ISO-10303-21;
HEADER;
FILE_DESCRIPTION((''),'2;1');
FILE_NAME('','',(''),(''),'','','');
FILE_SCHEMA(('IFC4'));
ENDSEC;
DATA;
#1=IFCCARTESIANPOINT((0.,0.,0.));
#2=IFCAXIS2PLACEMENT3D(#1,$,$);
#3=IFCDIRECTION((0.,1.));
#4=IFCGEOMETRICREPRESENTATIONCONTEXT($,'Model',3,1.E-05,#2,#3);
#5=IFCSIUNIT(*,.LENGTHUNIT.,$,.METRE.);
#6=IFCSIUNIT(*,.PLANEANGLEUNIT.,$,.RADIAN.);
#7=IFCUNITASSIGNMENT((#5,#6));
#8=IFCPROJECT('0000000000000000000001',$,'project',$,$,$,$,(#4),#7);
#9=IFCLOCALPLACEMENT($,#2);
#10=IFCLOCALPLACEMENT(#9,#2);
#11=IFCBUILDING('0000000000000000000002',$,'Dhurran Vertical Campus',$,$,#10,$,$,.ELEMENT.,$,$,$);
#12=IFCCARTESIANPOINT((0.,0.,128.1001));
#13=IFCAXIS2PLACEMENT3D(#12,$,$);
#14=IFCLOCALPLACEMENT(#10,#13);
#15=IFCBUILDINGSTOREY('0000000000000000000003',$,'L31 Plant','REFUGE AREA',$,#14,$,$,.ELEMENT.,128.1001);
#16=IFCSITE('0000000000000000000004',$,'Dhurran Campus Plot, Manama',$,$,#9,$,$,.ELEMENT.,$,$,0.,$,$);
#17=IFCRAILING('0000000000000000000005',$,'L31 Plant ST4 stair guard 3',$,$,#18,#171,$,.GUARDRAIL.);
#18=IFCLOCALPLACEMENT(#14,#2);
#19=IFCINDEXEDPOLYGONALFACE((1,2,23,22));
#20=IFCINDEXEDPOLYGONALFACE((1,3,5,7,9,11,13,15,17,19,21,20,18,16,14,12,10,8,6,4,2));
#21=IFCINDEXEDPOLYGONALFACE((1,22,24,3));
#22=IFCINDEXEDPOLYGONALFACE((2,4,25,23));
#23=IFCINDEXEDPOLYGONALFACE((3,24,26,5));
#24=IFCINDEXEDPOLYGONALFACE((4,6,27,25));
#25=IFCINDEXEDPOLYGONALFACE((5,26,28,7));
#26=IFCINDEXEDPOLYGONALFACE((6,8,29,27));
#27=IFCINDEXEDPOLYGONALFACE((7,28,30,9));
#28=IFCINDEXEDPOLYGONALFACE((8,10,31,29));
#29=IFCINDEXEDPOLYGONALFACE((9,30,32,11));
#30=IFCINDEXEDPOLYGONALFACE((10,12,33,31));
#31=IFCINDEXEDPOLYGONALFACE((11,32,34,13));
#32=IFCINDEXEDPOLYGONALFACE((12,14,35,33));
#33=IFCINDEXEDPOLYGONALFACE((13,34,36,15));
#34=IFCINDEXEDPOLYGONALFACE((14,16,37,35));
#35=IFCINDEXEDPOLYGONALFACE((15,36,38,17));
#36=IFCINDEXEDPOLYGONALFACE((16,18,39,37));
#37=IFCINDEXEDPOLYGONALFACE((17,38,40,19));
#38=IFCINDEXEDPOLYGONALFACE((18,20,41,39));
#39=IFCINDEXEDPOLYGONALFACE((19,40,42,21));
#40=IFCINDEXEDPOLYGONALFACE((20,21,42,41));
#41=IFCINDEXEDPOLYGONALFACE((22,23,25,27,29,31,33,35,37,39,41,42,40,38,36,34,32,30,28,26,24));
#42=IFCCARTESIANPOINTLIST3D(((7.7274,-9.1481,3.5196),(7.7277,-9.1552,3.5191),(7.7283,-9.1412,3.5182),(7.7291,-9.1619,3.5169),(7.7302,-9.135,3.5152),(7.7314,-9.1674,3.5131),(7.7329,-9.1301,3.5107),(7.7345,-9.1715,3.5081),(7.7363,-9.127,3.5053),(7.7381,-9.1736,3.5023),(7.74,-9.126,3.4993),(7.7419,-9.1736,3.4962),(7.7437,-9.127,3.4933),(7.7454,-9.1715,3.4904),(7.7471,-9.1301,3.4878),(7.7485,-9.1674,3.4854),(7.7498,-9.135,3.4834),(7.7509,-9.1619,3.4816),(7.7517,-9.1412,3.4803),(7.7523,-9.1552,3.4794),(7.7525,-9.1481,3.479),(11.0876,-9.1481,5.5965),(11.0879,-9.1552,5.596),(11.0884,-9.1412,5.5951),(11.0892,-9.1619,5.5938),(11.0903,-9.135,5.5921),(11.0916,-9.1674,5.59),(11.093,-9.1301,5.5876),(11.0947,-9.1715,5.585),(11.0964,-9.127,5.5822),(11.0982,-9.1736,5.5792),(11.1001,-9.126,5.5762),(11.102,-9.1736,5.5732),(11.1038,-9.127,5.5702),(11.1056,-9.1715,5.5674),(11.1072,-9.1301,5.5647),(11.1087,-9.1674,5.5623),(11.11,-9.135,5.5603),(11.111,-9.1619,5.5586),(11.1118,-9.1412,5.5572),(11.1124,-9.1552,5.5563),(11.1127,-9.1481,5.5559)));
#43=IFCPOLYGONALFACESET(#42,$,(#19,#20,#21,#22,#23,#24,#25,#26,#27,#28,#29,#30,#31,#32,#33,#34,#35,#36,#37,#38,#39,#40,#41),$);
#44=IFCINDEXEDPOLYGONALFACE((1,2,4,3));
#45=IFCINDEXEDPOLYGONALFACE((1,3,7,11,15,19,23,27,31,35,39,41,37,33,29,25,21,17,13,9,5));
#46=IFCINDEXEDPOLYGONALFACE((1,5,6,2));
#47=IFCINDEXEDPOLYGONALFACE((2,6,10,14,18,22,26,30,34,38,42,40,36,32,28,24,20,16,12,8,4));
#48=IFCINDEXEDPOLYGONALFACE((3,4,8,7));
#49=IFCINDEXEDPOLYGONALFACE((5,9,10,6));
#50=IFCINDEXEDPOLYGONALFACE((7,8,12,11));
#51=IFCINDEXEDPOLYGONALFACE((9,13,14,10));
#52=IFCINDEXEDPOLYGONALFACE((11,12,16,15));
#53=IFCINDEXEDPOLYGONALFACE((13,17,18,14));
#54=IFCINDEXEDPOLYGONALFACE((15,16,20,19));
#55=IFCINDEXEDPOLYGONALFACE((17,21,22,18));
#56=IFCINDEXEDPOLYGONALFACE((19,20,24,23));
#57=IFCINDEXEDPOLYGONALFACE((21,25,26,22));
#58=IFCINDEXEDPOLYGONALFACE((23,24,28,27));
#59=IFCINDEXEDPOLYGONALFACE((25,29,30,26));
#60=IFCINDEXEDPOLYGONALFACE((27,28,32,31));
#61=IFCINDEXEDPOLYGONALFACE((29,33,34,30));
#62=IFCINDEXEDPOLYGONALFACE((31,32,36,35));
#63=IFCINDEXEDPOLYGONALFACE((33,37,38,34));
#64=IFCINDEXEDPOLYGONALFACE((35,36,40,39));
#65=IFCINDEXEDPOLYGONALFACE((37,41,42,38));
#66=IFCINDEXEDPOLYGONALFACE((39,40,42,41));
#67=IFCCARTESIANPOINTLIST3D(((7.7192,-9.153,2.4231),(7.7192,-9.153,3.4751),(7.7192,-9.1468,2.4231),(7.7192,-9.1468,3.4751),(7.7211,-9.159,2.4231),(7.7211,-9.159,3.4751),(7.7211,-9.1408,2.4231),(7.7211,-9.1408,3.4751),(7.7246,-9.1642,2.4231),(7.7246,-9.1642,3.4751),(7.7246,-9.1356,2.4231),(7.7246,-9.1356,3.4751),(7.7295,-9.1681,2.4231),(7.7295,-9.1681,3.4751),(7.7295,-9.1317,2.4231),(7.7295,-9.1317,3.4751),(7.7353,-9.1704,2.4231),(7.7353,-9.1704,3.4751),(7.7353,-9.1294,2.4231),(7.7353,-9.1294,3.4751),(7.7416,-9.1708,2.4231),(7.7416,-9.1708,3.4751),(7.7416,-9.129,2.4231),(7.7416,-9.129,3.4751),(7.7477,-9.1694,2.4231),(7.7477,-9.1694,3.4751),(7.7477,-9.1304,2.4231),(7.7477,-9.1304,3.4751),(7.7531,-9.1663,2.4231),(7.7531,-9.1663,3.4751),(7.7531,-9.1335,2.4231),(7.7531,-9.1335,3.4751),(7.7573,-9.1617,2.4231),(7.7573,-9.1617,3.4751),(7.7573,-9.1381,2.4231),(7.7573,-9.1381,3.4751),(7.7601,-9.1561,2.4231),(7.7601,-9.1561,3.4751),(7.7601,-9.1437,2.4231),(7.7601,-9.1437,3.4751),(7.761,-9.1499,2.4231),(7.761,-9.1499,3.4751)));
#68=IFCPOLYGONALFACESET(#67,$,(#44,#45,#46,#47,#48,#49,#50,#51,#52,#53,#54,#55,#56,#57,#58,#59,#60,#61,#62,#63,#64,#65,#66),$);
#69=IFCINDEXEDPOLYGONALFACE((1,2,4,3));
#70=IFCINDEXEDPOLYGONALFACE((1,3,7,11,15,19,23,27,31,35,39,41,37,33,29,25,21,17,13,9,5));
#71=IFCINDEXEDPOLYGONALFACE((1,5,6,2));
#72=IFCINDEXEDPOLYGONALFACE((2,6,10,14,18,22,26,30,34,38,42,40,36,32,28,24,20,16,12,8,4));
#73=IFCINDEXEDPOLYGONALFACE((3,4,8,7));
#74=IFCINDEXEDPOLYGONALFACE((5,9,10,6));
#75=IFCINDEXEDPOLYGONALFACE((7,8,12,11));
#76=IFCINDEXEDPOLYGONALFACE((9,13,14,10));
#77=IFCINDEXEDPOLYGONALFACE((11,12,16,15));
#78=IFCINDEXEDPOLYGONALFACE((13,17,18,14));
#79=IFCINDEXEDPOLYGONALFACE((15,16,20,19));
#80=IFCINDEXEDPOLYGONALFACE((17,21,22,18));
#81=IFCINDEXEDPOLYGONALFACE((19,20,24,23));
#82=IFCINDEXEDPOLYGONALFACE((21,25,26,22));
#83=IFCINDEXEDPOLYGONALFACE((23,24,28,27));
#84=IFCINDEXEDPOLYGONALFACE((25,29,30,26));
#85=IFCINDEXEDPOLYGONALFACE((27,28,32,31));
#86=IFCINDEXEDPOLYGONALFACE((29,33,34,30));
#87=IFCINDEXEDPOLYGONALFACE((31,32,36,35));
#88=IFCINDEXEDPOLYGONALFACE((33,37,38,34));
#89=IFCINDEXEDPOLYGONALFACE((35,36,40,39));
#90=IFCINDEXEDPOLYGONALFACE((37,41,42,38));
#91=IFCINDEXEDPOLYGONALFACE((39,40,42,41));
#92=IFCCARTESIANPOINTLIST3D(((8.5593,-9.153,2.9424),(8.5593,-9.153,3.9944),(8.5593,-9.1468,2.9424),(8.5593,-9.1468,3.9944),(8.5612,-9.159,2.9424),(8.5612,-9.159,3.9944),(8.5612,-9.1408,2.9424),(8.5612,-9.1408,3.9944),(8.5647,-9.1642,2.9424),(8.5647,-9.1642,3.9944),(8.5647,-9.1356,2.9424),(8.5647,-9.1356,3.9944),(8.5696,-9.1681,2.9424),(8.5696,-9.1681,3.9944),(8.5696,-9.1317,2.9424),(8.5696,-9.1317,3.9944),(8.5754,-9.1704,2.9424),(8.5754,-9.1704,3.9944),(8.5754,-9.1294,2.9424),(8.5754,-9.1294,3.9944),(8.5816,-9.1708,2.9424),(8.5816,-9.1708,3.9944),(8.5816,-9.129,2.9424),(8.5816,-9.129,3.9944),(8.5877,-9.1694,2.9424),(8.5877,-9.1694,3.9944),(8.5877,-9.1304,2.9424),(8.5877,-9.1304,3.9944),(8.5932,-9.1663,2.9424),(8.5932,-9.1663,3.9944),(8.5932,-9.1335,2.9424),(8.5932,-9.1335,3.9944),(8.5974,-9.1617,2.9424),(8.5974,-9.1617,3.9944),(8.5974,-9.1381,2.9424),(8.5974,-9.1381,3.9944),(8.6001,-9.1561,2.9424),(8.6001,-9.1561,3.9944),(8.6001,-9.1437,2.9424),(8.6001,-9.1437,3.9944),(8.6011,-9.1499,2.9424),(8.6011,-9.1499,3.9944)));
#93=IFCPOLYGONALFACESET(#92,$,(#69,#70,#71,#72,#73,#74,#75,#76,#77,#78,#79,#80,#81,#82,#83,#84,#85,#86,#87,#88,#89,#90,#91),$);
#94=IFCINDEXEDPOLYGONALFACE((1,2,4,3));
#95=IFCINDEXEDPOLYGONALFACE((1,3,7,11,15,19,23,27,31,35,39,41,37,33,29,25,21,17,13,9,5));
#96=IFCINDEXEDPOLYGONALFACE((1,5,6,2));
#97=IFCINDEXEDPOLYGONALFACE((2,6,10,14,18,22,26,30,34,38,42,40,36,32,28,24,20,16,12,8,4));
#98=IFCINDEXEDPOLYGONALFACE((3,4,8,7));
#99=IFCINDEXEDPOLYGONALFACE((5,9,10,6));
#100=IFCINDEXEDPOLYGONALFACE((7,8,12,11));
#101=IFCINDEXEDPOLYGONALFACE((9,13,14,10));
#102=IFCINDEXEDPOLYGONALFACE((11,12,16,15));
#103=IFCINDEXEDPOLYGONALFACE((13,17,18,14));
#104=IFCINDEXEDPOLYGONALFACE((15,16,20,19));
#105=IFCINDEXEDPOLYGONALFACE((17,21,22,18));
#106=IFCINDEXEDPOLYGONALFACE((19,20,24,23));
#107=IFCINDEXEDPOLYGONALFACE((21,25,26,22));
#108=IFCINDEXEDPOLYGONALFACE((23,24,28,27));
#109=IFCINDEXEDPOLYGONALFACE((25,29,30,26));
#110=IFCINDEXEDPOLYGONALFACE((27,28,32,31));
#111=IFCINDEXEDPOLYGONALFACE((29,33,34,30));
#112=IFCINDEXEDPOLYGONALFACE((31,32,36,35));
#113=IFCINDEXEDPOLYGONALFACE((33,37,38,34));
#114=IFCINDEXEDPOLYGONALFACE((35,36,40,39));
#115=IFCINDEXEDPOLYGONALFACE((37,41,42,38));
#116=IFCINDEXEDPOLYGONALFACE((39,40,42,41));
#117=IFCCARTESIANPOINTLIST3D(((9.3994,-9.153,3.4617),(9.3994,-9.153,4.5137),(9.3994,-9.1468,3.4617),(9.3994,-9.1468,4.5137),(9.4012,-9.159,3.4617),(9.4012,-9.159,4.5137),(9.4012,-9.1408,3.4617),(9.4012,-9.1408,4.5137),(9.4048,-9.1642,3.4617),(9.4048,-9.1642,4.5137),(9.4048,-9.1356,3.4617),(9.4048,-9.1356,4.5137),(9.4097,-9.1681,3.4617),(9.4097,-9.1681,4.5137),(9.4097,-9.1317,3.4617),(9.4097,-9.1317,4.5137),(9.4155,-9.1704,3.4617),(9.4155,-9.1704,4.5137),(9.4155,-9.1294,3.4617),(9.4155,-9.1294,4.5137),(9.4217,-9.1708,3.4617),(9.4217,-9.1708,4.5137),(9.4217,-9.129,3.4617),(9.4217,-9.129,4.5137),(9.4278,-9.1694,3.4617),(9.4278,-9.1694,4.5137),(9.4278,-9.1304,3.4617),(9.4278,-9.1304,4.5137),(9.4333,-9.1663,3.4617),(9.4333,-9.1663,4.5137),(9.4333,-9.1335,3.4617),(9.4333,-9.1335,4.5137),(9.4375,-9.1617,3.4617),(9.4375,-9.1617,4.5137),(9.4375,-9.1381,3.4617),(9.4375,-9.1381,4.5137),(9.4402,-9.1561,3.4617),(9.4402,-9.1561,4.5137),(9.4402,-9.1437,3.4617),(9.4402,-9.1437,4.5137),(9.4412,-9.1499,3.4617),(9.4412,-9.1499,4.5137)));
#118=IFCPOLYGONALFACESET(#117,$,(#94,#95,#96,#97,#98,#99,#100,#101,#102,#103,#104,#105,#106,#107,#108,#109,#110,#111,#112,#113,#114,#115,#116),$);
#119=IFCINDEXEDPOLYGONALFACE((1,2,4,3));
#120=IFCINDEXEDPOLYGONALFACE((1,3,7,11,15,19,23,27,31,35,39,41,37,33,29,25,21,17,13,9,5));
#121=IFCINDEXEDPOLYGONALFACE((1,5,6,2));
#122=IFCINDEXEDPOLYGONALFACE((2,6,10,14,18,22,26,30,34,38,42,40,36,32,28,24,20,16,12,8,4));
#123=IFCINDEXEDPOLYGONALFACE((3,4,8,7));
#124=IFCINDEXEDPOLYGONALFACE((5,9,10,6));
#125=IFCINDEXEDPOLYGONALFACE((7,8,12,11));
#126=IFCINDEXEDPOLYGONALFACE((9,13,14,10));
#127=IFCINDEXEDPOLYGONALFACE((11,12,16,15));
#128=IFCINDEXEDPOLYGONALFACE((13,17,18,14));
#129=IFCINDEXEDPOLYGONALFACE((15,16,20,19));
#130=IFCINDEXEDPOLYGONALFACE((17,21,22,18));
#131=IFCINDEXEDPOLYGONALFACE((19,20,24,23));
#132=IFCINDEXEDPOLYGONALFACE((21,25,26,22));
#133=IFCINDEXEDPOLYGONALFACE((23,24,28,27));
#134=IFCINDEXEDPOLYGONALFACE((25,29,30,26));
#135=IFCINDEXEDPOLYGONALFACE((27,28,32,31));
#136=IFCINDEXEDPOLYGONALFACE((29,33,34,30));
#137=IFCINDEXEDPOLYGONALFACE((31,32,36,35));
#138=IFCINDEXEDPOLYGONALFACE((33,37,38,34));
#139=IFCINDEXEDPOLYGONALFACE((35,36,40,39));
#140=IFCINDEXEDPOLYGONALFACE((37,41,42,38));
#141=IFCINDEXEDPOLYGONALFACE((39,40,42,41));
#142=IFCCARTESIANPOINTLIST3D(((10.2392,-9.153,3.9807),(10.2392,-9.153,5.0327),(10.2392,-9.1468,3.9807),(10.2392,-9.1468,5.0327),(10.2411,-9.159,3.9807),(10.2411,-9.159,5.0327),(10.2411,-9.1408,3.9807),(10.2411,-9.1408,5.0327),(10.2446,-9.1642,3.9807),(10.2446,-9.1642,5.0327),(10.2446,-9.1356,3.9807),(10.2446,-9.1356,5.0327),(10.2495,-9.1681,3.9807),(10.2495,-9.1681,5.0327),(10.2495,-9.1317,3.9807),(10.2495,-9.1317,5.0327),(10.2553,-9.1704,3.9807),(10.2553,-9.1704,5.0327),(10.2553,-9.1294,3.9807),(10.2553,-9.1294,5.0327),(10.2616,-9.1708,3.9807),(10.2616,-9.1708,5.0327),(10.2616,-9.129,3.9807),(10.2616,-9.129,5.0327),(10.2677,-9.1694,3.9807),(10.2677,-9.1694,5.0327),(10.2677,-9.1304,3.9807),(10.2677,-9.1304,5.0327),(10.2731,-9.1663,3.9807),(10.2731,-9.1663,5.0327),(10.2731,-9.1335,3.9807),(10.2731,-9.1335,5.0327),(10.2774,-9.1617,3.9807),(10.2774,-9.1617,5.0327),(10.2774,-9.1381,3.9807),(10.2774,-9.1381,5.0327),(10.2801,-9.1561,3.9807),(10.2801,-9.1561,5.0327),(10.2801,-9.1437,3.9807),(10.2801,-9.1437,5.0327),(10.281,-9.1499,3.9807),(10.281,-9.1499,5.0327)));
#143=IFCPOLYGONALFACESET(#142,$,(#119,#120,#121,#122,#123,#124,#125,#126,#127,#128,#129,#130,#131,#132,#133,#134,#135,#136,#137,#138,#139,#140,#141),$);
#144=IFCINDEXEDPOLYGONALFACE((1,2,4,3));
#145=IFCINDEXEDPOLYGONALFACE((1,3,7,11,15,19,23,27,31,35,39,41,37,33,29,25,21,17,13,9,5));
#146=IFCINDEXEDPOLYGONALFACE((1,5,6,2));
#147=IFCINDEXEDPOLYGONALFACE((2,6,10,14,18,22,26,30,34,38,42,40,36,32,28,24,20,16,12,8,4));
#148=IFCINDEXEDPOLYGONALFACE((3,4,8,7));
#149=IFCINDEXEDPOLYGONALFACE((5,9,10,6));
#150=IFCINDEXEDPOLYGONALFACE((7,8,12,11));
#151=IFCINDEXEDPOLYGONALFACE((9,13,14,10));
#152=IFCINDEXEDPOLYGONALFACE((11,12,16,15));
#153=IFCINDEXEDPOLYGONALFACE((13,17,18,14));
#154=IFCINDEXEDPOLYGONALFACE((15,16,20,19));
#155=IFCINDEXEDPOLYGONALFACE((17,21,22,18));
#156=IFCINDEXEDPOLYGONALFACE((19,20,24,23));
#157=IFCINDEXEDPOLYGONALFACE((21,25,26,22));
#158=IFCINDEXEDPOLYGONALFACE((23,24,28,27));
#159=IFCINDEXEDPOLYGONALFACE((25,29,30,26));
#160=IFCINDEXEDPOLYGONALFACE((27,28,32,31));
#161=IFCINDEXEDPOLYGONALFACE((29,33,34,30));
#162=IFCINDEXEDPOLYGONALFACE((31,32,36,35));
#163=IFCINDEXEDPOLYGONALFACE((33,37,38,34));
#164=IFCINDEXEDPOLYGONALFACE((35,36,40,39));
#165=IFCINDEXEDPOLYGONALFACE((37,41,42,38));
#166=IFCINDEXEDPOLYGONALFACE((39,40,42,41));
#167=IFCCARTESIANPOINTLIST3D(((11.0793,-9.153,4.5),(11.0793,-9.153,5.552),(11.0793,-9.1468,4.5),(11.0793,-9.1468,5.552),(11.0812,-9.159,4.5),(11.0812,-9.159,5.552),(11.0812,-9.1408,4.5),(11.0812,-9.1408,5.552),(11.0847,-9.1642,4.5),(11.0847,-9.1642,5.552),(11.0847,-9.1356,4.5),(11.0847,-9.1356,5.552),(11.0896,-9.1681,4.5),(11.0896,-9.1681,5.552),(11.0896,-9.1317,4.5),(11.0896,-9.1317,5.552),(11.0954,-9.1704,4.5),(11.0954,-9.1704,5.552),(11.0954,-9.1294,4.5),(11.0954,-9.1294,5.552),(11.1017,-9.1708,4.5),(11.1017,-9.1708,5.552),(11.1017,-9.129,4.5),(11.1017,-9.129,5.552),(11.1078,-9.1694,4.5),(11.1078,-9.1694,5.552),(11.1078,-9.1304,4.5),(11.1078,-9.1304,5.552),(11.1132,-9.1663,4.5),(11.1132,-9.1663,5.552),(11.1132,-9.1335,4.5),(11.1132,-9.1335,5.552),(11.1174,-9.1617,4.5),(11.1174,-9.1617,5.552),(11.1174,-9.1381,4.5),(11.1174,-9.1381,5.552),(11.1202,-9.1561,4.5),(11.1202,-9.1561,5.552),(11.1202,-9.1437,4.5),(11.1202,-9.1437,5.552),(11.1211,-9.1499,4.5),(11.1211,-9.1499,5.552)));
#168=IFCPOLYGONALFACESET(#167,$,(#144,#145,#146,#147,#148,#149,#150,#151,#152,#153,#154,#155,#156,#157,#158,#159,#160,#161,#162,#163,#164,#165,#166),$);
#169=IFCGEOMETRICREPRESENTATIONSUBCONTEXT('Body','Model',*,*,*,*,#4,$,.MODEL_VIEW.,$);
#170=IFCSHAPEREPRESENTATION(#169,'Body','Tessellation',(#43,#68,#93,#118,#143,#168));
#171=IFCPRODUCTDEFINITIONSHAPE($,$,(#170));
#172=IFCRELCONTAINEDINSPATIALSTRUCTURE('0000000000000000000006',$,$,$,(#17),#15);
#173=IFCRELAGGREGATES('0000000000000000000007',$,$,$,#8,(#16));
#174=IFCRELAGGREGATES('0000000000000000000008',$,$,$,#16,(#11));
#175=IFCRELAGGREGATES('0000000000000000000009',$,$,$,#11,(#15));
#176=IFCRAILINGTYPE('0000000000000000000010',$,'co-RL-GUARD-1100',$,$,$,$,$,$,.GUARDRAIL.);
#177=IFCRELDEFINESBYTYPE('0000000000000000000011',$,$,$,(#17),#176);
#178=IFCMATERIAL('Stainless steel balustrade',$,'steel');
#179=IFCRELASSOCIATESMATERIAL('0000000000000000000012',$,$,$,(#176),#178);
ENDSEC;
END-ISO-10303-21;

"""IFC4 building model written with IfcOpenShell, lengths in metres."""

from ifc_helpers import new_model, si_unit, direction, frame, origin, origin_2d, place, context, subcontext, project, spatial, circle, extrude, material, type_object, element, save


model = new_model("IFC4")

# Units and contexts
model_context = context("Model", 3, precision=1e-05, world=origin(), true_north=direction((0.0, 1.0)))
body_context = subcontext(model_context, "Body", "Model", "MODEL_VIEW")
ifc_project = project(units=[si_unit("LENGTHUNIT", "METRE"), si_unit("PLANEANGLEUNIT", "RADIAN")], contexts=[model_context])

# Site, building, storey
site_placement = place(None, origin())
site = spatial("IfcSite", under=ifc_project, at=site_placement, Name="Dhurran Campus Plot, Manama", CompositionType="ELEMENT", RefElevation=0.0)
building_placement = place(site_placement, origin())
building = spatial("IfcBuilding", under=site, at=building_placement, Name="Dhurran Vertical Campus", CompositionType="ELEMENT")
storey_placement = place(building_placement, frame((0.0, 0.0, 128.1001)))
storey = spatial("IfcBuildingStorey", under=building, at=storey_placement, Name="L31 Plant", Description="REFUGE AREA", CompositionType="ELEMENT", Elevation=128.1001)

# Railing
ifc_material_1 = material(Name="Stainless steel balustrade", Category="steel")
railing_type_1 = type_object("IfcRailingType", Name="co-RL-GUARD-1100", PredefinedType="GUARDRAIL", material=ifc_material_1)
railing_1_placement = place(storey_placement, frame((7.74, -9.1499, 2.4231)))
element("IfcRailing", 1, at=railing_1_placement, inside=storey, type_object=railing_type_1, Name="L31 Plant ST4 stair guard 3", PredefinedType="GUARDRAIL", context=body_context, shape_type="SweptSolid", body=[
    extrude(circle(Radius=0.0239, at=origin_2d()), frame((0.0, 0.0, 1.0762), z_axis=(0.850623, 0.0, 0.525776), x_axis=(0.0, 1.0, 0.0)), (0.0, 0.0, 1.0), 3.9502),
    extrude(circle(Radius=0.021, at=origin_2d()), origin(), (0.0, 0.0, 1.0), 1.052),
    extrude(circle(Radius=0.021, at=origin_2d()), frame((0.8401, 0.0, 0.5193)), (0.0, 0.0, 1.0), 1.052),
    extrude(circle(Radius=0.021, at=origin_2d()), frame((1.6802, 0.0, 1.0386)), (0.0, 0.0, 1.0), 1.052),
    extrude(circle(Radius=0.021, at=origin_2d()), frame((2.52, 0.0, 1.5576)), (0.0, 0.0, 1.0), 1.052),
    extrude(circle(Radius=0.021, at=origin_2d()), frame((3.3601, 0.0, 2.0769)), (0.0, 0.0, 1.0), 1.052),
])

save(model, "model.ifc")
